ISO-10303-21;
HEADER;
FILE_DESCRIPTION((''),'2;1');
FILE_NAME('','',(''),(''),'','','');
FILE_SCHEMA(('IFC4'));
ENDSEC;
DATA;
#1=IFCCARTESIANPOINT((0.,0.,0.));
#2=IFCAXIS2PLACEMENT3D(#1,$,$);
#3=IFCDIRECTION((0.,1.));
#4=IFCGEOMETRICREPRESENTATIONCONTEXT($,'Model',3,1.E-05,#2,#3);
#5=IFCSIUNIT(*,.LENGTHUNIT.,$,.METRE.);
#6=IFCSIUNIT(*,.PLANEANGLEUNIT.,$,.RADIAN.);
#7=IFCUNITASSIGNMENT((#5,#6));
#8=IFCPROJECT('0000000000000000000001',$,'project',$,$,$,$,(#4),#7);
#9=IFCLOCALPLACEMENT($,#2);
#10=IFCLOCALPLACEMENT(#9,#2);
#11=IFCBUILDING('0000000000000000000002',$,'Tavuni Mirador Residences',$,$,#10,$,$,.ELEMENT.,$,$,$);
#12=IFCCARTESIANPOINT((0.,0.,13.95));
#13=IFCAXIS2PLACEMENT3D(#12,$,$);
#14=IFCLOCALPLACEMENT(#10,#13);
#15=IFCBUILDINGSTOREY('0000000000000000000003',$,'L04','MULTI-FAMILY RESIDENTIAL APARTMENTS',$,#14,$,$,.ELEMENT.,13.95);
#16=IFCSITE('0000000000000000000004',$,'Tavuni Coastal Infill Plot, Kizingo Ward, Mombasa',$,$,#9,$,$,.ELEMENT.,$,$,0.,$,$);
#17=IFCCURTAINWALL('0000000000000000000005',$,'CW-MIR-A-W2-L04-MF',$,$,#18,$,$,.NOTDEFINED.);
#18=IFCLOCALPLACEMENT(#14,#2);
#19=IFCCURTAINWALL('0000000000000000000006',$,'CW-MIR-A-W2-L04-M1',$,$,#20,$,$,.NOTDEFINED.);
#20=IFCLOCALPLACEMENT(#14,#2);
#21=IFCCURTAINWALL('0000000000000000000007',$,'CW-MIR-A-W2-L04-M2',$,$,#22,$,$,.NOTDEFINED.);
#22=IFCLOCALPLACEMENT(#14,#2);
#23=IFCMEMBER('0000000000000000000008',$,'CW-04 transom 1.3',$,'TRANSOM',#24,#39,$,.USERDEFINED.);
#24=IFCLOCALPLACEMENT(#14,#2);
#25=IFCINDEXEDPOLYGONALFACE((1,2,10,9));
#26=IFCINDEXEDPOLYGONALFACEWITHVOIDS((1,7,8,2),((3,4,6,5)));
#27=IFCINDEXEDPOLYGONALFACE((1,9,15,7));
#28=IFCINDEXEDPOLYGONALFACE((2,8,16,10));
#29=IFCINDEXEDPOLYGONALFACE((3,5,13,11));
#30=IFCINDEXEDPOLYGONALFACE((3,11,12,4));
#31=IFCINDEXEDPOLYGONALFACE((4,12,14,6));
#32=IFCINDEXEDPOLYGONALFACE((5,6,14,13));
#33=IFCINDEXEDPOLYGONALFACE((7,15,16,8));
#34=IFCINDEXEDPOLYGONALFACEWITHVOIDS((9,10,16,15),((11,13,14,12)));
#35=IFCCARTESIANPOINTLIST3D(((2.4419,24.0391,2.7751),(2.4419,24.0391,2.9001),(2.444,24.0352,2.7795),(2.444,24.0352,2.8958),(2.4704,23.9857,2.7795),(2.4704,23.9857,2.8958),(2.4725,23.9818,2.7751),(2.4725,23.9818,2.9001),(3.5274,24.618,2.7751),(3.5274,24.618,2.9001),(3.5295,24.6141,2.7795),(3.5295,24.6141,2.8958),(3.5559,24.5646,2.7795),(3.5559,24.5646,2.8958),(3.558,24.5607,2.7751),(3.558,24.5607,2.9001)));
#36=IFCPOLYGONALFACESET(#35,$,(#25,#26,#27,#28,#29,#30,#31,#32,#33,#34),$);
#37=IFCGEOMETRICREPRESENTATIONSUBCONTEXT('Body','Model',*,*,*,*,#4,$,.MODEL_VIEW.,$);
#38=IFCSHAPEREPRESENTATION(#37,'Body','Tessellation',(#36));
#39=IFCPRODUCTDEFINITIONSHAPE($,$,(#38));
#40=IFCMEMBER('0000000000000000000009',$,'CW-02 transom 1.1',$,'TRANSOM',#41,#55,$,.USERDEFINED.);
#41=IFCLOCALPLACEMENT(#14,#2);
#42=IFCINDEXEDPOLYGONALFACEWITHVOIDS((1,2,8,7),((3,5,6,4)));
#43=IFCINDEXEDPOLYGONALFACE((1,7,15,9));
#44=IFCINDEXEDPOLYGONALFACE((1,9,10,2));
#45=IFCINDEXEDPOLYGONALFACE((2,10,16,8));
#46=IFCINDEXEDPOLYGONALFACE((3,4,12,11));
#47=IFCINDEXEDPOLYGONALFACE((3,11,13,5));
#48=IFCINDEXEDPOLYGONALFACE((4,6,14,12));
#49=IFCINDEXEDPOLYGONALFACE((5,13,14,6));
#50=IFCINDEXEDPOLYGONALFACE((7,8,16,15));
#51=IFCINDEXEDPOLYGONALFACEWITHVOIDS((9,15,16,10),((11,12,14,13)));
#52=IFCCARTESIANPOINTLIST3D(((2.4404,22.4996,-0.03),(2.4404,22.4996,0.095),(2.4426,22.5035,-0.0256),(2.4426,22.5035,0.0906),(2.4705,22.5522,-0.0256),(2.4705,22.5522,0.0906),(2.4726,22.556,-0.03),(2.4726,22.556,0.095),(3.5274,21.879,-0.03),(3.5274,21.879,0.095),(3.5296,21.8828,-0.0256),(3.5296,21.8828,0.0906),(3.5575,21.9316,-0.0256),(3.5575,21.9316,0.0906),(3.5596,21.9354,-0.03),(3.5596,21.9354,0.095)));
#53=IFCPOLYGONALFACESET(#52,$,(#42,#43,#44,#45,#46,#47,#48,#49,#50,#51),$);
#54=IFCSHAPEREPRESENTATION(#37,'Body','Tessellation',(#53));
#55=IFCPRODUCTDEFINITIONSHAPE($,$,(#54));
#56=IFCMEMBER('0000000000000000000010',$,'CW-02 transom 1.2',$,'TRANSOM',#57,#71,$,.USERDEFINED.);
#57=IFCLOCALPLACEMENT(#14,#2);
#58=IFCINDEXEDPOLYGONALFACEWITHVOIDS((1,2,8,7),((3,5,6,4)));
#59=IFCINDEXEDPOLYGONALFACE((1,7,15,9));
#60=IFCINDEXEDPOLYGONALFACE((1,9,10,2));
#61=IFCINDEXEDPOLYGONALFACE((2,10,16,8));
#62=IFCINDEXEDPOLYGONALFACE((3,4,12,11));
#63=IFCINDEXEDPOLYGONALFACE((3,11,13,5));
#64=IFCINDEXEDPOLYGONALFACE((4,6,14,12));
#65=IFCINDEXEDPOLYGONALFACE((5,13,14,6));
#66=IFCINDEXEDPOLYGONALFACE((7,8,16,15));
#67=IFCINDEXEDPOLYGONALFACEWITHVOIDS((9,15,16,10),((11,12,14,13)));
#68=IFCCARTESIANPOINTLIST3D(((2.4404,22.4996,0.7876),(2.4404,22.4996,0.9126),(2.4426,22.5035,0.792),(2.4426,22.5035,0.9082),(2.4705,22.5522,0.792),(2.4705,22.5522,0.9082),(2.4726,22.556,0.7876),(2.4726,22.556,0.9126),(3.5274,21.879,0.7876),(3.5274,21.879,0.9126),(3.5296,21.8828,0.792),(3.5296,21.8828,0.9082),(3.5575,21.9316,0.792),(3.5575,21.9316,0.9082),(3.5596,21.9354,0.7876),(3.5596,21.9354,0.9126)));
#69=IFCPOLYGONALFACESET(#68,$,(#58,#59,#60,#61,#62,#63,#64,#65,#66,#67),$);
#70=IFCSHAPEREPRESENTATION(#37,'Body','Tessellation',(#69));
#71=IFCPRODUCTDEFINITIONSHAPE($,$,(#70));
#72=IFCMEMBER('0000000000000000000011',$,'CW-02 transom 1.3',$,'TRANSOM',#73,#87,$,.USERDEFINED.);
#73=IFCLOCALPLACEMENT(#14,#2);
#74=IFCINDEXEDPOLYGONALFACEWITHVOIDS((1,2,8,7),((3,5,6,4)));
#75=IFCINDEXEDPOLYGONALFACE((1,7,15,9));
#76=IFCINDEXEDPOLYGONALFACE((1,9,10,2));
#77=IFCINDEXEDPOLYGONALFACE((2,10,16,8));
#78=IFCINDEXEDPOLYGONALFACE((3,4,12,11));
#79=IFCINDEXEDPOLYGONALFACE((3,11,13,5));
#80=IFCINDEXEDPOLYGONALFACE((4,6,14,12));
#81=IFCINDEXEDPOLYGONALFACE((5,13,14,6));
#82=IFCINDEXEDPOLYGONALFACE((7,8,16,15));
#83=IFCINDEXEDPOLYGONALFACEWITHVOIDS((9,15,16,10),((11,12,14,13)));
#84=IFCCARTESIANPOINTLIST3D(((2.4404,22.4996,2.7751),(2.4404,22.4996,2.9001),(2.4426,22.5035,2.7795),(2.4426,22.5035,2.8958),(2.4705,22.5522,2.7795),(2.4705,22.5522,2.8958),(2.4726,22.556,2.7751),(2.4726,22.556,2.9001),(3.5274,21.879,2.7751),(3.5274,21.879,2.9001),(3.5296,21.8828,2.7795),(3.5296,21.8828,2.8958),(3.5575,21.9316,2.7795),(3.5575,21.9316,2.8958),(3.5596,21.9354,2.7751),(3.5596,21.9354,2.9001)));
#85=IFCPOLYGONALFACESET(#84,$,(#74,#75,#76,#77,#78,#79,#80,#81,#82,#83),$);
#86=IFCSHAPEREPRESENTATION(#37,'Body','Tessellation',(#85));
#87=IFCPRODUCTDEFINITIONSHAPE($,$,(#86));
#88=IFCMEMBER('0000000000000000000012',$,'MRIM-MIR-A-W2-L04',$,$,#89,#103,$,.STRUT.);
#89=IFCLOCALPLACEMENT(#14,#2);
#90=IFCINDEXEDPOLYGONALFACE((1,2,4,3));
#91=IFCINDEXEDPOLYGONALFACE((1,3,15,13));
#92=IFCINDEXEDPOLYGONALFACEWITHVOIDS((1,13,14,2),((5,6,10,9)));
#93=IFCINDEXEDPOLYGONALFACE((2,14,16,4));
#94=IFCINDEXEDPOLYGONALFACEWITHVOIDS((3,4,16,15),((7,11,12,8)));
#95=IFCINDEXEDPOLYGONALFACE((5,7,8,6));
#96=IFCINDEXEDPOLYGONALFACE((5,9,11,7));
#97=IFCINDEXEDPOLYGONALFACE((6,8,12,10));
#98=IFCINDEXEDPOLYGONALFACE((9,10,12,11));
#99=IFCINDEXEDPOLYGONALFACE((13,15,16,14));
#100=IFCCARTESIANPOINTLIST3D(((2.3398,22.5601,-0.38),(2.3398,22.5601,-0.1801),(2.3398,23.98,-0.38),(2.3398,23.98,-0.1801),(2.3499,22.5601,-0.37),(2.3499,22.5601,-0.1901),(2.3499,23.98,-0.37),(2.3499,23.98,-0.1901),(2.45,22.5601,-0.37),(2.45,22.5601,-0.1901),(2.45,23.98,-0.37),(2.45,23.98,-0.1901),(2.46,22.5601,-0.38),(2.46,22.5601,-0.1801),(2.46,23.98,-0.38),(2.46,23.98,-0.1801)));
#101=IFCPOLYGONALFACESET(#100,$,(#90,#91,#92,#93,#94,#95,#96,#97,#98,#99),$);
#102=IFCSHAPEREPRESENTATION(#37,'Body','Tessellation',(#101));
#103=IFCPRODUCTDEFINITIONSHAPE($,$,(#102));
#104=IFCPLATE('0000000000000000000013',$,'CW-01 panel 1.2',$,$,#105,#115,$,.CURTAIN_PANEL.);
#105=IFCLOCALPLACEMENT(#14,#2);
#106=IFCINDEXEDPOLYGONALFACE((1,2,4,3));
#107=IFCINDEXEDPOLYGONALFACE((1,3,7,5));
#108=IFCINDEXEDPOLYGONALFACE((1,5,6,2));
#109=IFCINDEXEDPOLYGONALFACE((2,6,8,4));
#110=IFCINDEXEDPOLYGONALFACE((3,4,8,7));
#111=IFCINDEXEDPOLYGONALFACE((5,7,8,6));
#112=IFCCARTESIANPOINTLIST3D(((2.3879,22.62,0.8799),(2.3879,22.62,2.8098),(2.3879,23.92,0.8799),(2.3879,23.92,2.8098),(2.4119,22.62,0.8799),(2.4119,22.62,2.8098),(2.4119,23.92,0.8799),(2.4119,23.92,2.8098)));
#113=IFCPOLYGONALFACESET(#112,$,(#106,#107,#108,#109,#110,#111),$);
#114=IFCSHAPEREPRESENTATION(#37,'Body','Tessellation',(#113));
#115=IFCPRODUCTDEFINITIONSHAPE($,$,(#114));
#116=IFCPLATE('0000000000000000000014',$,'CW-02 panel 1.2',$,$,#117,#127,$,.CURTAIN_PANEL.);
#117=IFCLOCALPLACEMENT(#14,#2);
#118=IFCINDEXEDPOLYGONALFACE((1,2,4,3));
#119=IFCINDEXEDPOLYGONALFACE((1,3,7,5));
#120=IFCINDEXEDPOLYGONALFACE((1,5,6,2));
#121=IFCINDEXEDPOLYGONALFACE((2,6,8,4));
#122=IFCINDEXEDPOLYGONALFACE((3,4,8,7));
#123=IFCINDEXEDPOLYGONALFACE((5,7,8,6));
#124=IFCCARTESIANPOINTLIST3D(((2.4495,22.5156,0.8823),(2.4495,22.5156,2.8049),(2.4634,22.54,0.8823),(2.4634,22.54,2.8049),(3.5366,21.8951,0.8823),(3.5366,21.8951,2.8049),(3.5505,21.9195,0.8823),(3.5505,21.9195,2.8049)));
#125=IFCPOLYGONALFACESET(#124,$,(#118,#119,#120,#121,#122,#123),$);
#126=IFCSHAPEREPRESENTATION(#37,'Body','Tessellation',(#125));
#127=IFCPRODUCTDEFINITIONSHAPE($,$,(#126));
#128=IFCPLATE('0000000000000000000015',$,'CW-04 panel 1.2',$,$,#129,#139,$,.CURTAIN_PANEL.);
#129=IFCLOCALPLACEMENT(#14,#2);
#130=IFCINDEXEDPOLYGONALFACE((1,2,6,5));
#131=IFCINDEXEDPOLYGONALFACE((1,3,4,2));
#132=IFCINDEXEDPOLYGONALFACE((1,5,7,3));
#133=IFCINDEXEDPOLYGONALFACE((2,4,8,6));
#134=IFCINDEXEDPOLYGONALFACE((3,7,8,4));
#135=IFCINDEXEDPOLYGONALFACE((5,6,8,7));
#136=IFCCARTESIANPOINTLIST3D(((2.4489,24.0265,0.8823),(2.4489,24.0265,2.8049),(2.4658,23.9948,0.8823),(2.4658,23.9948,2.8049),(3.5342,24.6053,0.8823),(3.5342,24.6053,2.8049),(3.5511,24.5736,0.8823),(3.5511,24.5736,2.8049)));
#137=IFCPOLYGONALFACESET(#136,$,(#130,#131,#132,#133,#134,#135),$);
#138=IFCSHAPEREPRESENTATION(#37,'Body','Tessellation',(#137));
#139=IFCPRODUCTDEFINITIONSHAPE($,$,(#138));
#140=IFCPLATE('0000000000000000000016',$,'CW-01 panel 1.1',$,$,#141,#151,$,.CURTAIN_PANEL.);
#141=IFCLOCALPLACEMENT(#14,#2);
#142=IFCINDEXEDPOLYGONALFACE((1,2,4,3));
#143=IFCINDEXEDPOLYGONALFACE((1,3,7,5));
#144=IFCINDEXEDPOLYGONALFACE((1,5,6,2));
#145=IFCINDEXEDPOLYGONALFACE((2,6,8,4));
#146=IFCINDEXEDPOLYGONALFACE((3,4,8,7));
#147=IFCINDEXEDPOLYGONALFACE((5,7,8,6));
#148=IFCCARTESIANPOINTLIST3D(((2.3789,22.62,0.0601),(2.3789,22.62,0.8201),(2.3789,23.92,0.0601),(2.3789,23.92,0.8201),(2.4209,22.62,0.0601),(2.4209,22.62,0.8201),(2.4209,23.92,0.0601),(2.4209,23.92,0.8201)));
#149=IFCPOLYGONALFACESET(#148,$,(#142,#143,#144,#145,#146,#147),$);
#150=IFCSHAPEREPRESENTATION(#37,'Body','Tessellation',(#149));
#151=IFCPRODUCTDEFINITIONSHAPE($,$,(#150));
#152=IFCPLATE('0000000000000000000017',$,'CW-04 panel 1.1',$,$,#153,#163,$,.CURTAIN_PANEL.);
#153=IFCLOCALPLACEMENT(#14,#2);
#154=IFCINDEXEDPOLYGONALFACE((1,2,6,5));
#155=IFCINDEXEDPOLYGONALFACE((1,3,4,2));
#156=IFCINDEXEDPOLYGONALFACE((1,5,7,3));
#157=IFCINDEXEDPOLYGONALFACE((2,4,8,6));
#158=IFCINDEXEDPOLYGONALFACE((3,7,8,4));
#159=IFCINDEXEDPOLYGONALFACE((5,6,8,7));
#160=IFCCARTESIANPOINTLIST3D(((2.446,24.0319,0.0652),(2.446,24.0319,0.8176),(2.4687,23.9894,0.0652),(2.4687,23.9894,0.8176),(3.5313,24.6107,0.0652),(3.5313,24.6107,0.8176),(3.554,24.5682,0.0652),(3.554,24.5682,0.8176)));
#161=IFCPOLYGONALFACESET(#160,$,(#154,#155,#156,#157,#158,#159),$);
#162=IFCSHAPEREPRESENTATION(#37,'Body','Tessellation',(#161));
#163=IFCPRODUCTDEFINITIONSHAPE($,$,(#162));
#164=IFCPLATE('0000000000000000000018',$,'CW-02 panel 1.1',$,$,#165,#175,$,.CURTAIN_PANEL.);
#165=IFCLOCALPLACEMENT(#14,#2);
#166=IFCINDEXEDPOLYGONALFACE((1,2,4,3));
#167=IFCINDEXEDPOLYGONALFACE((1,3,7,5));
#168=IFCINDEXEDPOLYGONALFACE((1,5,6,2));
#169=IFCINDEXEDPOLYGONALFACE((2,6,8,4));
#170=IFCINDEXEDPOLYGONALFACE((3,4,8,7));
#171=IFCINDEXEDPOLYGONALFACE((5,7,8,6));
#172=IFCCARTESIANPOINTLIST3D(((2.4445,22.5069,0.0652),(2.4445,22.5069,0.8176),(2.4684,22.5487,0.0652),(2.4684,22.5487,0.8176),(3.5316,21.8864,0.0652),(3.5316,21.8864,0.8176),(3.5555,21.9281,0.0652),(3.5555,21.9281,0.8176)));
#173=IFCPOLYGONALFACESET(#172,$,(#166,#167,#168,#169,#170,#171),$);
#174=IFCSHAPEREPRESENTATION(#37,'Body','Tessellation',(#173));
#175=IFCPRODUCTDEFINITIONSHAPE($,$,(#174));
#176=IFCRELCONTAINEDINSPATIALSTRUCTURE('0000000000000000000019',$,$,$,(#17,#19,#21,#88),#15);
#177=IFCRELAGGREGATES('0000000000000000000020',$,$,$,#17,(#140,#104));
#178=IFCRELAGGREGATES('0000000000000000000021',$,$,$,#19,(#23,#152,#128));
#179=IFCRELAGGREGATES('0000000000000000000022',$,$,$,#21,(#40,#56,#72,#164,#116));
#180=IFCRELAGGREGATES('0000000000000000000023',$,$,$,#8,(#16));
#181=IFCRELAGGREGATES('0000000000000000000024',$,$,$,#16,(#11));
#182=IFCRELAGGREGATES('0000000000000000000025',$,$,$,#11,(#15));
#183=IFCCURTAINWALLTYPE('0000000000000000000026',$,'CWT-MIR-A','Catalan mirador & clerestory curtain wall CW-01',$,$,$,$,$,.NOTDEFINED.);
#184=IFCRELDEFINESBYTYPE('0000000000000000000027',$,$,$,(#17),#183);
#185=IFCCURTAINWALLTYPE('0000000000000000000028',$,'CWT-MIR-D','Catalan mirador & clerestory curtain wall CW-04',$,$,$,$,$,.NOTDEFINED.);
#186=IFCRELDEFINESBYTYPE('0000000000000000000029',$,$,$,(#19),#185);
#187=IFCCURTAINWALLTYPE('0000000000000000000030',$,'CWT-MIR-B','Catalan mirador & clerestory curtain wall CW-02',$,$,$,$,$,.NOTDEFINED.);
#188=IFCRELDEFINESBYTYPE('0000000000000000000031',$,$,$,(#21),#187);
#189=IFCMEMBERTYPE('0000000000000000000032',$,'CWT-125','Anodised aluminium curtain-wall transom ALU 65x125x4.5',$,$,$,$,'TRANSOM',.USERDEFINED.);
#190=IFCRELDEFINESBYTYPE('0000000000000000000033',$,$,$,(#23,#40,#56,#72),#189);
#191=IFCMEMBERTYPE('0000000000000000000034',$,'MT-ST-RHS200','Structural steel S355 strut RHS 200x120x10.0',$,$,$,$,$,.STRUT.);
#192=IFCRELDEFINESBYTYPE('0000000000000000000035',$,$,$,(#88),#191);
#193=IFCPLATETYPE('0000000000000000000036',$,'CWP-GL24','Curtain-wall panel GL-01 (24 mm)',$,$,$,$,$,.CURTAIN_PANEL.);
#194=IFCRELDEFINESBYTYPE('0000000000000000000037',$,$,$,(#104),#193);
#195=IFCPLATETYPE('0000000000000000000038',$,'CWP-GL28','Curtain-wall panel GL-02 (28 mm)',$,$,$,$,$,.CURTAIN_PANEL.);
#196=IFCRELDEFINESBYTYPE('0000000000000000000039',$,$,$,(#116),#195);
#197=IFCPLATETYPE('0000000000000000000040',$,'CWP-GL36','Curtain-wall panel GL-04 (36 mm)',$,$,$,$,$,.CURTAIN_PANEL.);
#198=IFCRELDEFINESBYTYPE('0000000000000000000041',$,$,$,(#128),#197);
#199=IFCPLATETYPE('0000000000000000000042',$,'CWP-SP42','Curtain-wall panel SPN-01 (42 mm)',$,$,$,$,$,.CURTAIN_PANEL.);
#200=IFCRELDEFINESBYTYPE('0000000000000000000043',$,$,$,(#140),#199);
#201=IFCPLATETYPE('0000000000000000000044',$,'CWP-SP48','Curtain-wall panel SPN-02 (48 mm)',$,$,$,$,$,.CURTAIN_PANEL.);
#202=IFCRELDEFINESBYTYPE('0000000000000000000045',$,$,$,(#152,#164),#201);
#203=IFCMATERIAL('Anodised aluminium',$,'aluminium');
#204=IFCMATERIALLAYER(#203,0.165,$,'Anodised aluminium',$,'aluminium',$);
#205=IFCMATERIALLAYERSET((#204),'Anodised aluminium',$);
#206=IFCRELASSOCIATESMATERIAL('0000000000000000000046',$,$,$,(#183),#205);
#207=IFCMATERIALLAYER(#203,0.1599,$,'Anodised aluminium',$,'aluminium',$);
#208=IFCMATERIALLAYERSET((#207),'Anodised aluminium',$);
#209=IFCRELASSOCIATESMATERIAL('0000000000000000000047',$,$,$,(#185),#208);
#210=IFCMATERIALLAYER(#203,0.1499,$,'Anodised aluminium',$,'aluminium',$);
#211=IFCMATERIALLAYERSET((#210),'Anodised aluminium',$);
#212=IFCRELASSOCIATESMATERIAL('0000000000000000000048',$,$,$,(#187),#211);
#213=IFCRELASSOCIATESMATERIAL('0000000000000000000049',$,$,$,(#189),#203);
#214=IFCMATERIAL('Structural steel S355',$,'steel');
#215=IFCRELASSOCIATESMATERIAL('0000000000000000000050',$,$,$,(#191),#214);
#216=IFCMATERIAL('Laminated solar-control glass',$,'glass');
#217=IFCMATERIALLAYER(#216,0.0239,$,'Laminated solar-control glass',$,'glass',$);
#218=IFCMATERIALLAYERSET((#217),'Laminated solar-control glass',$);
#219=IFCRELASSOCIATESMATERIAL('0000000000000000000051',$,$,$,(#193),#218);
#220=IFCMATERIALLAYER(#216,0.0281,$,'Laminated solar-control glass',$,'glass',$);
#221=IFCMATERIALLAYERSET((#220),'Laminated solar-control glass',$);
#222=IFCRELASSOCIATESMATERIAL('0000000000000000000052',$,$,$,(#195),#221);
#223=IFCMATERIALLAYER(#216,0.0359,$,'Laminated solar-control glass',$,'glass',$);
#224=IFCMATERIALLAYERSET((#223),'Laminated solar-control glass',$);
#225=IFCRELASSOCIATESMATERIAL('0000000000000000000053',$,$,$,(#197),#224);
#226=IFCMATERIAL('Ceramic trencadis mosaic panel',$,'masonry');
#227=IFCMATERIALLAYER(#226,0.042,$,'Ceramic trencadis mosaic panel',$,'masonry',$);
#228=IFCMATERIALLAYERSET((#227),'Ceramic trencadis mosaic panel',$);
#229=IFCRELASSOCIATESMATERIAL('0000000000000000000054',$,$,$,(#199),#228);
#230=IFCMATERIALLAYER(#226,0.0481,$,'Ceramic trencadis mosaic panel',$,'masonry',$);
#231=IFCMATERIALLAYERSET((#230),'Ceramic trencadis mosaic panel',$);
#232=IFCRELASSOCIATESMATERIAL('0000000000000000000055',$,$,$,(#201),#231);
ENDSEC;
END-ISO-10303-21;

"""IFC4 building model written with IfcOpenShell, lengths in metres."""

from ifc_helpers import new_model, si_unit, direction, frame, origin, origin_2d, place, context, subcontext, project, spatial, rectangle, hollow_rectangle, extrude, material, layer, layer_set, material_profile, profile_set, type_object, element, aggregate, save


model = new_model("IFC4")

# Units and contexts
model_context = context("Model", 3, precision=1e-05, world=origin(), true_north=direction((0.0, 1.0)))
body_context = subcontext(model_context, "Body", "Model", "MODEL_VIEW")
ifc_project = project(units=[si_unit("LENGTHUNIT", "METRE"), si_unit("PLANEANGLEUNIT", "RADIAN")], contexts=[model_context])

# Site, building, storey
site_placement = place(None, origin())
site = spatial("IfcSite", under=ifc_project, at=site_placement, Name="Tavuni Coastal Infill Plot, Kizingo Ward, Mombasa", CompositionType="ELEMENT", RefElevation=0.0)
building_placement = place(site_placement, origin())
building = spatial("IfcBuilding", under=site, at=building_placement, Name="Tavuni Mirador Residences", CompositionType="ELEMENT")
storey_placement = place(building_placement, frame((0.0, 0.0, 13.95)))
storey = spatial("IfcBuildingStorey", under=building, at=storey_placement, Name="L04", Description="MULTI-FAMILY RESIDENTIAL APARTMENTS", CompositionType="ELEMENT", Elevation=13.95)

# Curtain walls
ifc_material_1 = material(Name="Anodised aluminium", Category="aluminium")
ifc_layer_1 = layer(ifc_material_1, 0.165, Name="Anodised aluminium", Category="aluminium")
ifc_layer_set_1 = layer_set([ifc_layer_1], Name="Anodised aluminium")
curtain_wall_type_1 = type_object("IfcCurtainWallType", Name="CWT-MIR-A", Description="Catalan mirador & clerestory curtain wall CW-01", PredefinedType="NOTDEFINED", material=ifc_layer_set_1)
curtain_wall_1_placement = place(storey_placement, origin())
curtain_wall_1 = element("IfcCurtainWall", 1, at=curtain_wall_1_placement, inside=storey, type_object=curtain_wall_type_1, Name="CW-MIR-A-W2-L04-MF", PredefinedType="NOTDEFINED")
ifc_layer_2 = layer(ifc_material_1, 0.1599, Name="Anodised aluminium", Category="aluminium")
ifc_layer_set_2 = layer_set([ifc_layer_2], Name="Anodised aluminium")
curtain_wall_type_2 = type_object("IfcCurtainWallType", Name="CWT-MIR-D", Description="Catalan mirador & clerestory curtain wall CW-04", PredefinedType="NOTDEFINED", material=ifc_layer_set_2)
curtain_wall_2_placement = place(storey_placement, origin())
curtain_wall_2 = element("IfcCurtainWall", 2, at=curtain_wall_2_placement, inside=storey, type_object=curtain_wall_type_2, Name="CW-MIR-A-W2-L04-M1", PredefinedType="NOTDEFINED")

# Curtain wall
ifc_layer_3 = layer(ifc_material_1, 0.1499, Name="Anodised aluminium", Category="aluminium")
ifc_layer_set_3 = layer_set([ifc_layer_3], Name="Anodised aluminium")
curtain_wall_type_3 = type_object("IfcCurtainWallType", Name="CWT-MIR-B", Description="Catalan mirador & clerestory curtain wall CW-02", PredefinedType="NOTDEFINED", material=ifc_layer_set_3)
curtain_wall_3_placement = place(storey_placement, origin())
curtain_wall_3 = element("IfcCurtainWall", 3, at=curtain_wall_3_placement, inside=storey, type_object=curtain_wall_type_3, Name="CW-MIR-A-W2-L04-M2", PredefinedType="NOTDEFINED")

# Members
ifc_material_profile_1 = material_profile(ifc_material_1, hollow_rectangle(XDim=0.0649, YDim=0.125, WallThickness=0.0044, at=origin_2d()), Name="ALU 65x125x4.5", Category="aluminium")
ifc_profile_set_1 = profile_set([ifc_material_profile_1], Name="Anodised aluminium")
member_type_1 = type_object("IfcMemberType", Name="CWT-125", Description="Anodised aluminium curtain-wall transom ALU 65x125x4.5", ElementType="TRANSOM", PredefinedType="USERDEFINED", material=ifc_profile_set_1)
member_1_placement = place(storey_placement, frame((3.5427, 24.5894, 2.8376), z_axis=(-0.882369, -0.470557, 0.0), x_axis=(0.470557, -0.882369, 0.0)))
member_1 = element("IfcMember", 4, at=member_1_placement, type_object=member_type_1, Name="CW-04 transom 1.3", ObjectType="TRANSOM", PredefinedType="USERDEFINED", context=body_context, shape_type="SweptSolid", body=[
    extrude(hollow_rectangle(XDim=0.0649, YDim=0.125, WallThickness=0.0044, at=origin_2d()), origin(), (0.0, 0.0, 1.0), 1.2302),
])
member_2_placement = place(storey_placement, frame((2.4565, 22.5278, 0.0325), z_axis=(0.868411, -0.495845, 0.0), x_axis=(0.495845, 0.868411, 0.0)))
member_2 = element("IfcMember", 5, at=member_2_placement, type_object=member_type_1, Name="CW-02 transom 1.1", ObjectType="TRANSOM", PredefinedType="USERDEFINED", context=body_context, shape_type="SweptSolid", body=[
    extrude(hollow_rectangle(XDim=0.0649, YDim=0.125, WallThickness=0.0044, at=origin_2d()), origin(), (0.0, 0.0, 1.0), 1.2517),
])
member_3_placement = place(storey_placement, frame((2.4565, 22.5278, 0.8501), z_axis=(0.868411, -0.495845, 0.0), x_axis=(0.495845, 0.868411, 0.0)))
member_3 = element("IfcMember", 6, at=member_3_placement, type_object=member_type_1, Name="CW-02 transom 1.2", ObjectType="TRANSOM", PredefinedType="USERDEFINED", context=body_context, shape_type="SweptSolid", body=[
    extrude(hollow_rectangle(XDim=0.0649, YDim=0.125, WallThickness=0.0044, at=origin_2d()), origin(), (0.0, 0.0, 1.0), 1.2517),
])
member_4_placement = place(storey_placement, frame((2.4565, 22.5278, 2.8376), z_axis=(0.868411, -0.495845, 0.0), x_axis=(0.495845, 0.868411, 0.0)))
member_4 = element("IfcMember", 7, at=member_4_placement, type_object=member_type_1, Name="CW-02 transom 1.3", ObjectType="TRANSOM", PredefinedType="USERDEFINED", context=body_context, shape_type="SweptSolid", body=[
    extrude(hollow_rectangle(XDim=0.0649, YDim=0.125, WallThickness=0.0044, at=origin_2d()), origin(), (0.0, 0.0, 1.0), 1.2517),
])
ifc_material_2 = material(Name="Structural steel S355", Category="steel")
ifc_material_profile_2 = material_profile(ifc_material_2, hollow_rectangle(XDim=0.1201, YDim=0.2, WallThickness=0.01, at=origin_2d()), Name="RHS 200x120x10.0", Category="steel")
ifc_profile_set_2 = profile_set([ifc_material_profile_2], Name="Structural steel S355")
member_type_2 = type_object("IfcMemberType", Name="MT-ST-RHS200", Description="Structural steel S355 strut RHS 200x120x10.0", PredefinedType="STRUT", material=ifc_profile_set_2)
member_5_placement = place(storey_placement, frame((2.3999, 22.5601, -0.28), z_axis=(0.0, 1.0, 0.0), x_axis=(-1.0, 0.0, 0.0)))
element("IfcMember", 8, at=member_5_placement, inside=storey, type_object=member_type_2, Name="MRIM-MIR-A-W2-L04", PredefinedType="STRUT", context=body_context, shape_type="SweptSolid", body=[
    extrude(hollow_rectangle(XDim=0.1201, YDim=0.2, WallThickness=0.01, at=origin_2d()), origin(), (0.0, 0.0, 1.0), 1.4199),
])

# Plates
ifc_material_3 = material(Name="Laminated solar-control glass", Category="glass")
ifc_layer_4 = layer(ifc_material_3, 0.0239, Name="Laminated solar-control glass", Category="glass")
ifc_layer_set_4 = layer_set([ifc_layer_4], Name="Laminated solar-control glass")
plate_type_1 = type_object("IfcPlateType", Name="CWP-GL24", Description="Curtain-wall panel GL-01 (24 mm)", PredefinedType="CURTAIN_PANEL", material=ifc_layer_set_4)
plate_1_placement = place(storey_placement, frame((2.3999, 23.27, 0.8799), z_axis=(0.0, 0.0, 1.0), x_axis=(0.0, -1.0, 0.0)))
plate_1 = element("IfcPlate", 9, at=plate_1_placement, type_object=plate_type_1, Name="CW-01 panel 1.2", PredefinedType="CURTAIN_PANEL", context=body_context, shape_type="SweptSolid", body=[
    extrude(rectangle(XDim=1.3, YDim=0.0239, at=origin_2d()), origin(), (0.0, 0.0, 1.0), 1.9299),
])
ifc_layer_5 = layer(ifc_material_3, 0.0281, Name="Laminated solar-control glass", Category="glass")
ifc_layer_set_5 = layer_set([ifc_layer_5], Name="Laminated solar-control glass")
plate_type_2 = type_object("IfcPlateType", Name="CWP-GL28", Description="Curtain-wall panel GL-02 (28 mm)", PredefinedType="CURTAIN_PANEL", material=ifc_layer_set_5)
plate_2_placement = place(storey_placement, frame((3.0, 22.2175, 0.8823), z_axis=(0.0, 0.0, 1.0), x_axis=(0.868466, -0.495749, 0.0)))
plate_2 = element("IfcPlate", 10, at=plate_2_placement, type_object=plate_type_2, Name="CW-02 panel 1.2", PredefinedType="CURTAIN_PANEL", context=body_context, shape_type="SweptSolid", body=[
    extrude(rectangle(XDim=1.2517, YDim=0.0281, at=origin_2d()), origin(), (0.0, 0.0, 1.0), 1.9226),
])
ifc_layer_6 = layer(ifc_material_3, 0.0359, Name="Laminated solar-control glass", Category="glass")
ifc_layer_set_6 = layer_set([ifc_layer_6], Name="Laminated solar-control glass")
plate_type_3 = type_object("IfcPlateType", Name="CWP-GL36", Description="Curtain-wall panel GL-04 (36 mm)", PredefinedType="CURTAIN_PANEL", material=ifc_layer_set_6)
plate_3_placement = place(storey_placement, frame((3.0, 24.3, 0.8823), z_axis=(0.0, 0.0, 1.0), x_axis=(-0.882353, -0.470588, 0.0)))
plate_3 = element("IfcPlate", 11, at=plate_3_placement, type_object=plate_type_3, Name="CW-04 panel 1.2", PredefinedType="CURTAIN_PANEL", context=body_context, shape_type="SweptSolid", body=[
    extrude(rectangle(XDim=1.23, YDim=0.0359, at=origin_2d()), origin(), (0.0, 0.0, 1.0), 1.9226),
])
ifc_material_4 = material(Name="Ceramic trencadis mosaic panel", Category="masonry")
ifc_layer_7 = layer(ifc_material_4, 0.042, Name="Ceramic trencadis mosaic panel", Category="masonry")
ifc_layer_set_7 = layer_set([ifc_layer_7], Name="Ceramic trencadis mosaic panel")
plate_type_4 = type_object("IfcPlateType", Name="CWP-SP42", Description="Curtain-wall panel SPN-01 (42 mm)", PredefinedType="CURTAIN_PANEL", material=ifc_layer_set_7)
plate_4_placement = place(storey_placement, frame((2.3999, 23.27, 0.0601), z_axis=(0.0, 0.0, 1.0), x_axis=(0.0, -1.0, 0.0)))
plate_4 = element("IfcPlate", 12, at=plate_4_placement, type_object=plate_type_4, Name="CW-01 panel 1.1", PredefinedType="CURTAIN_PANEL", context=body_context, shape_type="SweptSolid", body=[
    extrude(rectangle(XDim=1.3, YDim=0.042, at=origin_2d()), origin(), (0.0, 0.0, 1.0), 0.76),
])
aggregate(curtain_wall_1, [plate_4, plate_1])
ifc_layer_8 = layer(ifc_material_4, 0.0481, Name="Ceramic trencadis mosaic panel", Category="masonry")
ifc_layer_set_8 = layer_set([ifc_layer_8], Name="Ceramic trencadis mosaic panel")
plate_type_5 = type_object("IfcPlateType", Name="CWP-SP48", Description="Curtain-wall panel SPN-02 (48 mm)", PredefinedType="CURTAIN_PANEL", material=ifc_layer_set_8)
plate_5_placement = place(storey_placement, frame((3.0, 24.3, 0.0652), z_axis=(0.0, 0.0, 1.0), x_axis=(-0.882353, -0.470588, 0.0)))
plate_5 = element("IfcPlate", 13, at=plate_5_placement, type_object=plate_type_5, Name="CW-04 panel 1.1", PredefinedType="CURTAIN_PANEL", context=body_context, shape_type="SweptSolid", body=[
    extrude(rectangle(XDim=1.23, YDim=0.0481, at=origin_2d()), origin(), (0.0, 0.0, 1.0), 0.7524),
])
aggregate(curtain_wall_2, [member_1, plate_5, plate_3])
plate_6_placement = place(storey_placement, frame((3.0, 22.2175, 0.0652), z_axis=(0.0, 0.0, 1.0), x_axis=(0.868466, -0.495749, 0.0)))
plate_6 = element("IfcPlate", 14, at=plate_6_placement, type_object=plate_type_5, Name="CW-02 panel 1.1", PredefinedType="CURTAIN_PANEL", context=body_context, shape_type="SweptSolid", body=[
    extrude(rectangle(XDim=1.2517, YDim=0.0481, at=origin_2d()), origin(), (0.0, 0.0, 1.0), 0.7524),
])
aggregate(curtain_wall_3, [member_2, member_3, member_4, plate_6, plate_2])

save(model, "model.ifc")
